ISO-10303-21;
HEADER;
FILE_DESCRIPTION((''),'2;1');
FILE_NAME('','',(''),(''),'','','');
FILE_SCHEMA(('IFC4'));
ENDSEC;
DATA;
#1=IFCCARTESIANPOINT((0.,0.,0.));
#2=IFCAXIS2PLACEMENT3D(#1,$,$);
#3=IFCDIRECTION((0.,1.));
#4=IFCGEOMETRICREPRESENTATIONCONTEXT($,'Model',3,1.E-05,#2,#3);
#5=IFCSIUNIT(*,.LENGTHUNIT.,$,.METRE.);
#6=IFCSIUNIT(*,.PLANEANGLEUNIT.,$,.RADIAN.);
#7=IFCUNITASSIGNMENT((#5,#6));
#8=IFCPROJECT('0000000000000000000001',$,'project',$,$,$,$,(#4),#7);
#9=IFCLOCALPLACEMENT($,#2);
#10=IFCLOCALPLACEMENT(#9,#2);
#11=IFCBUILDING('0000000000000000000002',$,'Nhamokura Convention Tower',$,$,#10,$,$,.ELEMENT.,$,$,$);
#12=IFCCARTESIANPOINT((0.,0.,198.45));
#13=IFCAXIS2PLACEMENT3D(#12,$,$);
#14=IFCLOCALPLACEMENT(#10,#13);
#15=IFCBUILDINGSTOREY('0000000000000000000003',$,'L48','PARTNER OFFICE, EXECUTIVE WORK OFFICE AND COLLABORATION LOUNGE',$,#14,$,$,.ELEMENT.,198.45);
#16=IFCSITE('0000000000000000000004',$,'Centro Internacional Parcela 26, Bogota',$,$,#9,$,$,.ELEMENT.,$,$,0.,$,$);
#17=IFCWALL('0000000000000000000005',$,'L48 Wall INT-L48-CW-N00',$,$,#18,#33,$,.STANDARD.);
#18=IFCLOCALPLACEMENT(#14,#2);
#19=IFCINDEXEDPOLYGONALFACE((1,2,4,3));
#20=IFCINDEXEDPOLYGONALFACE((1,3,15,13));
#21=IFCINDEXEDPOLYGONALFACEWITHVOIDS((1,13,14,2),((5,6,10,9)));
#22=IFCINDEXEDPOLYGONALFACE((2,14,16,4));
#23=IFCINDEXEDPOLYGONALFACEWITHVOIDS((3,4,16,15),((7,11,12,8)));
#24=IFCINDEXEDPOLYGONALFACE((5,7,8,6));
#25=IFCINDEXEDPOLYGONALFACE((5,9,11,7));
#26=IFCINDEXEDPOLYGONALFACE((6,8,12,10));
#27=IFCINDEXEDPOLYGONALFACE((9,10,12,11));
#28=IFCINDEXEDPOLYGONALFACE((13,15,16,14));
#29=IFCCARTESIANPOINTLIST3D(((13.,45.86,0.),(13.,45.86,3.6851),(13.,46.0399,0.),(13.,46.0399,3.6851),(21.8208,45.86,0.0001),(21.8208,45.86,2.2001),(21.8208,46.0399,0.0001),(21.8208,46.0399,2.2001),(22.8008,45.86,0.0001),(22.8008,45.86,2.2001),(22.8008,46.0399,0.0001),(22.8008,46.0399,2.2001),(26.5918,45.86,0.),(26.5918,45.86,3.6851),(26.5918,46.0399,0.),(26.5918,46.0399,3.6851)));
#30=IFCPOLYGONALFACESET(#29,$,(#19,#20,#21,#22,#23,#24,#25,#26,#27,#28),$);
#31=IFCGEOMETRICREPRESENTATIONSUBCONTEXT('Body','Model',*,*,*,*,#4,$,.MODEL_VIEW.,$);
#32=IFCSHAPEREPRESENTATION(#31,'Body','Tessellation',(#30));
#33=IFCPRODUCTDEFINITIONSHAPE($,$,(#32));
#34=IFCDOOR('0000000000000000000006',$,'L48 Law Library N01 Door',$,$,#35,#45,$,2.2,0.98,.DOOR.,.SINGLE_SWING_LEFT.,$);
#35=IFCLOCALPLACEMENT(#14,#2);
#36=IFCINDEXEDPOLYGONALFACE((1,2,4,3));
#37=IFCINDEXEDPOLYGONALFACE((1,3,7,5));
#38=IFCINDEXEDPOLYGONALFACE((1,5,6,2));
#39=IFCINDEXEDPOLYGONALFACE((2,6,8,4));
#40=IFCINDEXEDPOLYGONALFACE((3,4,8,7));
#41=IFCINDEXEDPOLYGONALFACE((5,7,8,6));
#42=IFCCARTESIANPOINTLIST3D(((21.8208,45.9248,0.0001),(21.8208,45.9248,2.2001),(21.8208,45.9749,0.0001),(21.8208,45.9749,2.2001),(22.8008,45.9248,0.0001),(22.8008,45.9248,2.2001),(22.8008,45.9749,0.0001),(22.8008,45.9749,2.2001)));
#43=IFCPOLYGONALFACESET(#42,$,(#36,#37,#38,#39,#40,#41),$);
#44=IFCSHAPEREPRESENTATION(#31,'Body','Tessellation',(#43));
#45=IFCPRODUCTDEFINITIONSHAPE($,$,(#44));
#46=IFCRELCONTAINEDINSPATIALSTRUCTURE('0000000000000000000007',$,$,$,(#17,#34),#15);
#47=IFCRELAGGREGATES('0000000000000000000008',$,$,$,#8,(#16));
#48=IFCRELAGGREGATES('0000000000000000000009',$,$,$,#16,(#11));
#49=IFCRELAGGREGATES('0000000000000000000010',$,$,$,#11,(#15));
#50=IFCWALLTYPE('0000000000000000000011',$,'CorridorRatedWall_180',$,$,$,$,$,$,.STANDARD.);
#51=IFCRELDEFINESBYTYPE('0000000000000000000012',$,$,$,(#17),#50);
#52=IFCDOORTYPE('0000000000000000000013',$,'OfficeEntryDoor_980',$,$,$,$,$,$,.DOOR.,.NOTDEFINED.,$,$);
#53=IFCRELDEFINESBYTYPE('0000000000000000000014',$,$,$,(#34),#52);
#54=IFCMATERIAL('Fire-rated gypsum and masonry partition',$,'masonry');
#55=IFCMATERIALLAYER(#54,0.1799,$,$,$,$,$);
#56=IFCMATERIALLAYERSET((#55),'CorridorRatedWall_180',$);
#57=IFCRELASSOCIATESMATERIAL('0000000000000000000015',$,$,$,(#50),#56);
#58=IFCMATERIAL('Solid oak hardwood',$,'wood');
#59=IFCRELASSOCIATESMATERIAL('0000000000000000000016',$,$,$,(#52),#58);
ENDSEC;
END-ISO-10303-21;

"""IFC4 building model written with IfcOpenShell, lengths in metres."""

from ifc_helpers import new_model, si_unit, direction, frame, frame_2d, origin, place, context, subcontext, project, spatial, rectangle, extrude, material, layer, layer_set, type_object, element, fill, save


model = new_model("IFC4")

# Units and contexts
model_context = context("Model", 3, precision=1e-05, world=origin(), true_north=direction((0.0, 1.0)))
body_context = subcontext(model_context, "Body", "Model", "MODEL_VIEW")
ifc_project = project(units=[si_unit("LENGTHUNIT", "METRE"), si_unit("PLANEANGLEUNIT", "RADIAN")], contexts=[model_context])

# Site, building, storey
site_placement = place(None, origin())
site = spatial("IfcSite", under=ifc_project, at=site_placement, Name="Centro Internacional Parcela 26, Bogota", CompositionType="ELEMENT", RefElevation=0.0)
building_placement = place(site_placement, origin())
building = spatial("IfcBuilding", under=site, at=building_placement, Name="Nhamokura Convention Tower", CompositionType="ELEMENT")
storey_placement = place(building_placement, frame((0.0, 0.0, 198.45)))
storey = spatial("IfcBuildingStorey", under=building, at=storey_placement, Name="L48", Description="PARTNER OFFICE, EXECUTIVE WORK OFFICE AND COLLABORATION LOUNGE", CompositionType="ELEMENT", Elevation=198.45)

# Wall, opening, door
ifc_material_1 = material(Name="Fire-rated gypsum and masonry partition", Category="masonry")
ifc_layer_1 = layer(ifc_material_1, 0.1799)
ifc_layer_set_1 = layer_set([ifc_layer_1], Name="CorridorRatedWall_180")
wall_type_1 = type_object("IfcWallType", Name="CorridorRatedWall_180", PredefinedType="STANDARD", material=ifc_layer_set_1)
wall_1_placement = place(storey_placement, frame((13.0, 45.95, 0.0), z_axis=(0.0, 0.0, 1.0), x_axis=(1.0, 0.0, 0.0)))
wall_1 = element("IfcWall", 1, at=wall_1_placement, inside=storey, type_object=wall_type_1, Name="L48 Wall INT-L48-CW-N00", PredefinedType="STANDARD", context=body_context, shape_type="SweptSolid", body=[
    extrude(rectangle(XDim=13.5918, YDim=0.1799, at=frame_2d((6.7959, 0.0))), origin(), (0.0, 0.0, 1.0), 3.6851),
])
opening_placement = place(wall_1_placement, frame((8.8208, 0.0, 0.0)))
opening = element("IfcOpeningElement", 2, at=opening_placement, cuts=wall_1, PredefinedType="OPENING", context=body_context, shape_type="SweptSolid", body=[
    extrude(rectangle(XDim=0.98, YDim=2.2, at=frame_2d((0.49, 1.1001))), frame((0.0, 0.0999, 0.0), z_axis=(0.0, -1.0, 0.0), x_axis=(1.0, 0.0, 0.0)), (0.0, 0.0, 1.0), 0.2),
])
ifc_material_2 = material(Name="Solid oak hardwood", Category="wood")
door_type = type_object("IfcDoorType", Name="OfficeEntryDoor_980", OperationType="NOTDEFINED", PredefinedType="DOOR", material=ifc_material_2)
door_placement = place(opening_placement, origin())
door = element("IfcDoor", 3, at=door_placement, inside=storey, type_object=door_type, Name="L48 Law Library N01 Door", OperationType="SINGLE_SWING_LEFT", OverallHeight=2.2, OverallWidth=0.98, PredefinedType="DOOR", context=body_context, shape_type="SweptSolid", body=[
    extrude(rectangle(XDim=0.98, YDim=2.2, at=frame_2d((0.49, 1.1001))), frame((0.0, 0.0249, 0.0), z_axis=(0.0, -1.0, 0.0), x_axis=(1.0, 0.0, 0.0)), (0.0, 0.0, 1.0), 0.05),
])
fill(opening, door)

save(model, "model.ifc")
